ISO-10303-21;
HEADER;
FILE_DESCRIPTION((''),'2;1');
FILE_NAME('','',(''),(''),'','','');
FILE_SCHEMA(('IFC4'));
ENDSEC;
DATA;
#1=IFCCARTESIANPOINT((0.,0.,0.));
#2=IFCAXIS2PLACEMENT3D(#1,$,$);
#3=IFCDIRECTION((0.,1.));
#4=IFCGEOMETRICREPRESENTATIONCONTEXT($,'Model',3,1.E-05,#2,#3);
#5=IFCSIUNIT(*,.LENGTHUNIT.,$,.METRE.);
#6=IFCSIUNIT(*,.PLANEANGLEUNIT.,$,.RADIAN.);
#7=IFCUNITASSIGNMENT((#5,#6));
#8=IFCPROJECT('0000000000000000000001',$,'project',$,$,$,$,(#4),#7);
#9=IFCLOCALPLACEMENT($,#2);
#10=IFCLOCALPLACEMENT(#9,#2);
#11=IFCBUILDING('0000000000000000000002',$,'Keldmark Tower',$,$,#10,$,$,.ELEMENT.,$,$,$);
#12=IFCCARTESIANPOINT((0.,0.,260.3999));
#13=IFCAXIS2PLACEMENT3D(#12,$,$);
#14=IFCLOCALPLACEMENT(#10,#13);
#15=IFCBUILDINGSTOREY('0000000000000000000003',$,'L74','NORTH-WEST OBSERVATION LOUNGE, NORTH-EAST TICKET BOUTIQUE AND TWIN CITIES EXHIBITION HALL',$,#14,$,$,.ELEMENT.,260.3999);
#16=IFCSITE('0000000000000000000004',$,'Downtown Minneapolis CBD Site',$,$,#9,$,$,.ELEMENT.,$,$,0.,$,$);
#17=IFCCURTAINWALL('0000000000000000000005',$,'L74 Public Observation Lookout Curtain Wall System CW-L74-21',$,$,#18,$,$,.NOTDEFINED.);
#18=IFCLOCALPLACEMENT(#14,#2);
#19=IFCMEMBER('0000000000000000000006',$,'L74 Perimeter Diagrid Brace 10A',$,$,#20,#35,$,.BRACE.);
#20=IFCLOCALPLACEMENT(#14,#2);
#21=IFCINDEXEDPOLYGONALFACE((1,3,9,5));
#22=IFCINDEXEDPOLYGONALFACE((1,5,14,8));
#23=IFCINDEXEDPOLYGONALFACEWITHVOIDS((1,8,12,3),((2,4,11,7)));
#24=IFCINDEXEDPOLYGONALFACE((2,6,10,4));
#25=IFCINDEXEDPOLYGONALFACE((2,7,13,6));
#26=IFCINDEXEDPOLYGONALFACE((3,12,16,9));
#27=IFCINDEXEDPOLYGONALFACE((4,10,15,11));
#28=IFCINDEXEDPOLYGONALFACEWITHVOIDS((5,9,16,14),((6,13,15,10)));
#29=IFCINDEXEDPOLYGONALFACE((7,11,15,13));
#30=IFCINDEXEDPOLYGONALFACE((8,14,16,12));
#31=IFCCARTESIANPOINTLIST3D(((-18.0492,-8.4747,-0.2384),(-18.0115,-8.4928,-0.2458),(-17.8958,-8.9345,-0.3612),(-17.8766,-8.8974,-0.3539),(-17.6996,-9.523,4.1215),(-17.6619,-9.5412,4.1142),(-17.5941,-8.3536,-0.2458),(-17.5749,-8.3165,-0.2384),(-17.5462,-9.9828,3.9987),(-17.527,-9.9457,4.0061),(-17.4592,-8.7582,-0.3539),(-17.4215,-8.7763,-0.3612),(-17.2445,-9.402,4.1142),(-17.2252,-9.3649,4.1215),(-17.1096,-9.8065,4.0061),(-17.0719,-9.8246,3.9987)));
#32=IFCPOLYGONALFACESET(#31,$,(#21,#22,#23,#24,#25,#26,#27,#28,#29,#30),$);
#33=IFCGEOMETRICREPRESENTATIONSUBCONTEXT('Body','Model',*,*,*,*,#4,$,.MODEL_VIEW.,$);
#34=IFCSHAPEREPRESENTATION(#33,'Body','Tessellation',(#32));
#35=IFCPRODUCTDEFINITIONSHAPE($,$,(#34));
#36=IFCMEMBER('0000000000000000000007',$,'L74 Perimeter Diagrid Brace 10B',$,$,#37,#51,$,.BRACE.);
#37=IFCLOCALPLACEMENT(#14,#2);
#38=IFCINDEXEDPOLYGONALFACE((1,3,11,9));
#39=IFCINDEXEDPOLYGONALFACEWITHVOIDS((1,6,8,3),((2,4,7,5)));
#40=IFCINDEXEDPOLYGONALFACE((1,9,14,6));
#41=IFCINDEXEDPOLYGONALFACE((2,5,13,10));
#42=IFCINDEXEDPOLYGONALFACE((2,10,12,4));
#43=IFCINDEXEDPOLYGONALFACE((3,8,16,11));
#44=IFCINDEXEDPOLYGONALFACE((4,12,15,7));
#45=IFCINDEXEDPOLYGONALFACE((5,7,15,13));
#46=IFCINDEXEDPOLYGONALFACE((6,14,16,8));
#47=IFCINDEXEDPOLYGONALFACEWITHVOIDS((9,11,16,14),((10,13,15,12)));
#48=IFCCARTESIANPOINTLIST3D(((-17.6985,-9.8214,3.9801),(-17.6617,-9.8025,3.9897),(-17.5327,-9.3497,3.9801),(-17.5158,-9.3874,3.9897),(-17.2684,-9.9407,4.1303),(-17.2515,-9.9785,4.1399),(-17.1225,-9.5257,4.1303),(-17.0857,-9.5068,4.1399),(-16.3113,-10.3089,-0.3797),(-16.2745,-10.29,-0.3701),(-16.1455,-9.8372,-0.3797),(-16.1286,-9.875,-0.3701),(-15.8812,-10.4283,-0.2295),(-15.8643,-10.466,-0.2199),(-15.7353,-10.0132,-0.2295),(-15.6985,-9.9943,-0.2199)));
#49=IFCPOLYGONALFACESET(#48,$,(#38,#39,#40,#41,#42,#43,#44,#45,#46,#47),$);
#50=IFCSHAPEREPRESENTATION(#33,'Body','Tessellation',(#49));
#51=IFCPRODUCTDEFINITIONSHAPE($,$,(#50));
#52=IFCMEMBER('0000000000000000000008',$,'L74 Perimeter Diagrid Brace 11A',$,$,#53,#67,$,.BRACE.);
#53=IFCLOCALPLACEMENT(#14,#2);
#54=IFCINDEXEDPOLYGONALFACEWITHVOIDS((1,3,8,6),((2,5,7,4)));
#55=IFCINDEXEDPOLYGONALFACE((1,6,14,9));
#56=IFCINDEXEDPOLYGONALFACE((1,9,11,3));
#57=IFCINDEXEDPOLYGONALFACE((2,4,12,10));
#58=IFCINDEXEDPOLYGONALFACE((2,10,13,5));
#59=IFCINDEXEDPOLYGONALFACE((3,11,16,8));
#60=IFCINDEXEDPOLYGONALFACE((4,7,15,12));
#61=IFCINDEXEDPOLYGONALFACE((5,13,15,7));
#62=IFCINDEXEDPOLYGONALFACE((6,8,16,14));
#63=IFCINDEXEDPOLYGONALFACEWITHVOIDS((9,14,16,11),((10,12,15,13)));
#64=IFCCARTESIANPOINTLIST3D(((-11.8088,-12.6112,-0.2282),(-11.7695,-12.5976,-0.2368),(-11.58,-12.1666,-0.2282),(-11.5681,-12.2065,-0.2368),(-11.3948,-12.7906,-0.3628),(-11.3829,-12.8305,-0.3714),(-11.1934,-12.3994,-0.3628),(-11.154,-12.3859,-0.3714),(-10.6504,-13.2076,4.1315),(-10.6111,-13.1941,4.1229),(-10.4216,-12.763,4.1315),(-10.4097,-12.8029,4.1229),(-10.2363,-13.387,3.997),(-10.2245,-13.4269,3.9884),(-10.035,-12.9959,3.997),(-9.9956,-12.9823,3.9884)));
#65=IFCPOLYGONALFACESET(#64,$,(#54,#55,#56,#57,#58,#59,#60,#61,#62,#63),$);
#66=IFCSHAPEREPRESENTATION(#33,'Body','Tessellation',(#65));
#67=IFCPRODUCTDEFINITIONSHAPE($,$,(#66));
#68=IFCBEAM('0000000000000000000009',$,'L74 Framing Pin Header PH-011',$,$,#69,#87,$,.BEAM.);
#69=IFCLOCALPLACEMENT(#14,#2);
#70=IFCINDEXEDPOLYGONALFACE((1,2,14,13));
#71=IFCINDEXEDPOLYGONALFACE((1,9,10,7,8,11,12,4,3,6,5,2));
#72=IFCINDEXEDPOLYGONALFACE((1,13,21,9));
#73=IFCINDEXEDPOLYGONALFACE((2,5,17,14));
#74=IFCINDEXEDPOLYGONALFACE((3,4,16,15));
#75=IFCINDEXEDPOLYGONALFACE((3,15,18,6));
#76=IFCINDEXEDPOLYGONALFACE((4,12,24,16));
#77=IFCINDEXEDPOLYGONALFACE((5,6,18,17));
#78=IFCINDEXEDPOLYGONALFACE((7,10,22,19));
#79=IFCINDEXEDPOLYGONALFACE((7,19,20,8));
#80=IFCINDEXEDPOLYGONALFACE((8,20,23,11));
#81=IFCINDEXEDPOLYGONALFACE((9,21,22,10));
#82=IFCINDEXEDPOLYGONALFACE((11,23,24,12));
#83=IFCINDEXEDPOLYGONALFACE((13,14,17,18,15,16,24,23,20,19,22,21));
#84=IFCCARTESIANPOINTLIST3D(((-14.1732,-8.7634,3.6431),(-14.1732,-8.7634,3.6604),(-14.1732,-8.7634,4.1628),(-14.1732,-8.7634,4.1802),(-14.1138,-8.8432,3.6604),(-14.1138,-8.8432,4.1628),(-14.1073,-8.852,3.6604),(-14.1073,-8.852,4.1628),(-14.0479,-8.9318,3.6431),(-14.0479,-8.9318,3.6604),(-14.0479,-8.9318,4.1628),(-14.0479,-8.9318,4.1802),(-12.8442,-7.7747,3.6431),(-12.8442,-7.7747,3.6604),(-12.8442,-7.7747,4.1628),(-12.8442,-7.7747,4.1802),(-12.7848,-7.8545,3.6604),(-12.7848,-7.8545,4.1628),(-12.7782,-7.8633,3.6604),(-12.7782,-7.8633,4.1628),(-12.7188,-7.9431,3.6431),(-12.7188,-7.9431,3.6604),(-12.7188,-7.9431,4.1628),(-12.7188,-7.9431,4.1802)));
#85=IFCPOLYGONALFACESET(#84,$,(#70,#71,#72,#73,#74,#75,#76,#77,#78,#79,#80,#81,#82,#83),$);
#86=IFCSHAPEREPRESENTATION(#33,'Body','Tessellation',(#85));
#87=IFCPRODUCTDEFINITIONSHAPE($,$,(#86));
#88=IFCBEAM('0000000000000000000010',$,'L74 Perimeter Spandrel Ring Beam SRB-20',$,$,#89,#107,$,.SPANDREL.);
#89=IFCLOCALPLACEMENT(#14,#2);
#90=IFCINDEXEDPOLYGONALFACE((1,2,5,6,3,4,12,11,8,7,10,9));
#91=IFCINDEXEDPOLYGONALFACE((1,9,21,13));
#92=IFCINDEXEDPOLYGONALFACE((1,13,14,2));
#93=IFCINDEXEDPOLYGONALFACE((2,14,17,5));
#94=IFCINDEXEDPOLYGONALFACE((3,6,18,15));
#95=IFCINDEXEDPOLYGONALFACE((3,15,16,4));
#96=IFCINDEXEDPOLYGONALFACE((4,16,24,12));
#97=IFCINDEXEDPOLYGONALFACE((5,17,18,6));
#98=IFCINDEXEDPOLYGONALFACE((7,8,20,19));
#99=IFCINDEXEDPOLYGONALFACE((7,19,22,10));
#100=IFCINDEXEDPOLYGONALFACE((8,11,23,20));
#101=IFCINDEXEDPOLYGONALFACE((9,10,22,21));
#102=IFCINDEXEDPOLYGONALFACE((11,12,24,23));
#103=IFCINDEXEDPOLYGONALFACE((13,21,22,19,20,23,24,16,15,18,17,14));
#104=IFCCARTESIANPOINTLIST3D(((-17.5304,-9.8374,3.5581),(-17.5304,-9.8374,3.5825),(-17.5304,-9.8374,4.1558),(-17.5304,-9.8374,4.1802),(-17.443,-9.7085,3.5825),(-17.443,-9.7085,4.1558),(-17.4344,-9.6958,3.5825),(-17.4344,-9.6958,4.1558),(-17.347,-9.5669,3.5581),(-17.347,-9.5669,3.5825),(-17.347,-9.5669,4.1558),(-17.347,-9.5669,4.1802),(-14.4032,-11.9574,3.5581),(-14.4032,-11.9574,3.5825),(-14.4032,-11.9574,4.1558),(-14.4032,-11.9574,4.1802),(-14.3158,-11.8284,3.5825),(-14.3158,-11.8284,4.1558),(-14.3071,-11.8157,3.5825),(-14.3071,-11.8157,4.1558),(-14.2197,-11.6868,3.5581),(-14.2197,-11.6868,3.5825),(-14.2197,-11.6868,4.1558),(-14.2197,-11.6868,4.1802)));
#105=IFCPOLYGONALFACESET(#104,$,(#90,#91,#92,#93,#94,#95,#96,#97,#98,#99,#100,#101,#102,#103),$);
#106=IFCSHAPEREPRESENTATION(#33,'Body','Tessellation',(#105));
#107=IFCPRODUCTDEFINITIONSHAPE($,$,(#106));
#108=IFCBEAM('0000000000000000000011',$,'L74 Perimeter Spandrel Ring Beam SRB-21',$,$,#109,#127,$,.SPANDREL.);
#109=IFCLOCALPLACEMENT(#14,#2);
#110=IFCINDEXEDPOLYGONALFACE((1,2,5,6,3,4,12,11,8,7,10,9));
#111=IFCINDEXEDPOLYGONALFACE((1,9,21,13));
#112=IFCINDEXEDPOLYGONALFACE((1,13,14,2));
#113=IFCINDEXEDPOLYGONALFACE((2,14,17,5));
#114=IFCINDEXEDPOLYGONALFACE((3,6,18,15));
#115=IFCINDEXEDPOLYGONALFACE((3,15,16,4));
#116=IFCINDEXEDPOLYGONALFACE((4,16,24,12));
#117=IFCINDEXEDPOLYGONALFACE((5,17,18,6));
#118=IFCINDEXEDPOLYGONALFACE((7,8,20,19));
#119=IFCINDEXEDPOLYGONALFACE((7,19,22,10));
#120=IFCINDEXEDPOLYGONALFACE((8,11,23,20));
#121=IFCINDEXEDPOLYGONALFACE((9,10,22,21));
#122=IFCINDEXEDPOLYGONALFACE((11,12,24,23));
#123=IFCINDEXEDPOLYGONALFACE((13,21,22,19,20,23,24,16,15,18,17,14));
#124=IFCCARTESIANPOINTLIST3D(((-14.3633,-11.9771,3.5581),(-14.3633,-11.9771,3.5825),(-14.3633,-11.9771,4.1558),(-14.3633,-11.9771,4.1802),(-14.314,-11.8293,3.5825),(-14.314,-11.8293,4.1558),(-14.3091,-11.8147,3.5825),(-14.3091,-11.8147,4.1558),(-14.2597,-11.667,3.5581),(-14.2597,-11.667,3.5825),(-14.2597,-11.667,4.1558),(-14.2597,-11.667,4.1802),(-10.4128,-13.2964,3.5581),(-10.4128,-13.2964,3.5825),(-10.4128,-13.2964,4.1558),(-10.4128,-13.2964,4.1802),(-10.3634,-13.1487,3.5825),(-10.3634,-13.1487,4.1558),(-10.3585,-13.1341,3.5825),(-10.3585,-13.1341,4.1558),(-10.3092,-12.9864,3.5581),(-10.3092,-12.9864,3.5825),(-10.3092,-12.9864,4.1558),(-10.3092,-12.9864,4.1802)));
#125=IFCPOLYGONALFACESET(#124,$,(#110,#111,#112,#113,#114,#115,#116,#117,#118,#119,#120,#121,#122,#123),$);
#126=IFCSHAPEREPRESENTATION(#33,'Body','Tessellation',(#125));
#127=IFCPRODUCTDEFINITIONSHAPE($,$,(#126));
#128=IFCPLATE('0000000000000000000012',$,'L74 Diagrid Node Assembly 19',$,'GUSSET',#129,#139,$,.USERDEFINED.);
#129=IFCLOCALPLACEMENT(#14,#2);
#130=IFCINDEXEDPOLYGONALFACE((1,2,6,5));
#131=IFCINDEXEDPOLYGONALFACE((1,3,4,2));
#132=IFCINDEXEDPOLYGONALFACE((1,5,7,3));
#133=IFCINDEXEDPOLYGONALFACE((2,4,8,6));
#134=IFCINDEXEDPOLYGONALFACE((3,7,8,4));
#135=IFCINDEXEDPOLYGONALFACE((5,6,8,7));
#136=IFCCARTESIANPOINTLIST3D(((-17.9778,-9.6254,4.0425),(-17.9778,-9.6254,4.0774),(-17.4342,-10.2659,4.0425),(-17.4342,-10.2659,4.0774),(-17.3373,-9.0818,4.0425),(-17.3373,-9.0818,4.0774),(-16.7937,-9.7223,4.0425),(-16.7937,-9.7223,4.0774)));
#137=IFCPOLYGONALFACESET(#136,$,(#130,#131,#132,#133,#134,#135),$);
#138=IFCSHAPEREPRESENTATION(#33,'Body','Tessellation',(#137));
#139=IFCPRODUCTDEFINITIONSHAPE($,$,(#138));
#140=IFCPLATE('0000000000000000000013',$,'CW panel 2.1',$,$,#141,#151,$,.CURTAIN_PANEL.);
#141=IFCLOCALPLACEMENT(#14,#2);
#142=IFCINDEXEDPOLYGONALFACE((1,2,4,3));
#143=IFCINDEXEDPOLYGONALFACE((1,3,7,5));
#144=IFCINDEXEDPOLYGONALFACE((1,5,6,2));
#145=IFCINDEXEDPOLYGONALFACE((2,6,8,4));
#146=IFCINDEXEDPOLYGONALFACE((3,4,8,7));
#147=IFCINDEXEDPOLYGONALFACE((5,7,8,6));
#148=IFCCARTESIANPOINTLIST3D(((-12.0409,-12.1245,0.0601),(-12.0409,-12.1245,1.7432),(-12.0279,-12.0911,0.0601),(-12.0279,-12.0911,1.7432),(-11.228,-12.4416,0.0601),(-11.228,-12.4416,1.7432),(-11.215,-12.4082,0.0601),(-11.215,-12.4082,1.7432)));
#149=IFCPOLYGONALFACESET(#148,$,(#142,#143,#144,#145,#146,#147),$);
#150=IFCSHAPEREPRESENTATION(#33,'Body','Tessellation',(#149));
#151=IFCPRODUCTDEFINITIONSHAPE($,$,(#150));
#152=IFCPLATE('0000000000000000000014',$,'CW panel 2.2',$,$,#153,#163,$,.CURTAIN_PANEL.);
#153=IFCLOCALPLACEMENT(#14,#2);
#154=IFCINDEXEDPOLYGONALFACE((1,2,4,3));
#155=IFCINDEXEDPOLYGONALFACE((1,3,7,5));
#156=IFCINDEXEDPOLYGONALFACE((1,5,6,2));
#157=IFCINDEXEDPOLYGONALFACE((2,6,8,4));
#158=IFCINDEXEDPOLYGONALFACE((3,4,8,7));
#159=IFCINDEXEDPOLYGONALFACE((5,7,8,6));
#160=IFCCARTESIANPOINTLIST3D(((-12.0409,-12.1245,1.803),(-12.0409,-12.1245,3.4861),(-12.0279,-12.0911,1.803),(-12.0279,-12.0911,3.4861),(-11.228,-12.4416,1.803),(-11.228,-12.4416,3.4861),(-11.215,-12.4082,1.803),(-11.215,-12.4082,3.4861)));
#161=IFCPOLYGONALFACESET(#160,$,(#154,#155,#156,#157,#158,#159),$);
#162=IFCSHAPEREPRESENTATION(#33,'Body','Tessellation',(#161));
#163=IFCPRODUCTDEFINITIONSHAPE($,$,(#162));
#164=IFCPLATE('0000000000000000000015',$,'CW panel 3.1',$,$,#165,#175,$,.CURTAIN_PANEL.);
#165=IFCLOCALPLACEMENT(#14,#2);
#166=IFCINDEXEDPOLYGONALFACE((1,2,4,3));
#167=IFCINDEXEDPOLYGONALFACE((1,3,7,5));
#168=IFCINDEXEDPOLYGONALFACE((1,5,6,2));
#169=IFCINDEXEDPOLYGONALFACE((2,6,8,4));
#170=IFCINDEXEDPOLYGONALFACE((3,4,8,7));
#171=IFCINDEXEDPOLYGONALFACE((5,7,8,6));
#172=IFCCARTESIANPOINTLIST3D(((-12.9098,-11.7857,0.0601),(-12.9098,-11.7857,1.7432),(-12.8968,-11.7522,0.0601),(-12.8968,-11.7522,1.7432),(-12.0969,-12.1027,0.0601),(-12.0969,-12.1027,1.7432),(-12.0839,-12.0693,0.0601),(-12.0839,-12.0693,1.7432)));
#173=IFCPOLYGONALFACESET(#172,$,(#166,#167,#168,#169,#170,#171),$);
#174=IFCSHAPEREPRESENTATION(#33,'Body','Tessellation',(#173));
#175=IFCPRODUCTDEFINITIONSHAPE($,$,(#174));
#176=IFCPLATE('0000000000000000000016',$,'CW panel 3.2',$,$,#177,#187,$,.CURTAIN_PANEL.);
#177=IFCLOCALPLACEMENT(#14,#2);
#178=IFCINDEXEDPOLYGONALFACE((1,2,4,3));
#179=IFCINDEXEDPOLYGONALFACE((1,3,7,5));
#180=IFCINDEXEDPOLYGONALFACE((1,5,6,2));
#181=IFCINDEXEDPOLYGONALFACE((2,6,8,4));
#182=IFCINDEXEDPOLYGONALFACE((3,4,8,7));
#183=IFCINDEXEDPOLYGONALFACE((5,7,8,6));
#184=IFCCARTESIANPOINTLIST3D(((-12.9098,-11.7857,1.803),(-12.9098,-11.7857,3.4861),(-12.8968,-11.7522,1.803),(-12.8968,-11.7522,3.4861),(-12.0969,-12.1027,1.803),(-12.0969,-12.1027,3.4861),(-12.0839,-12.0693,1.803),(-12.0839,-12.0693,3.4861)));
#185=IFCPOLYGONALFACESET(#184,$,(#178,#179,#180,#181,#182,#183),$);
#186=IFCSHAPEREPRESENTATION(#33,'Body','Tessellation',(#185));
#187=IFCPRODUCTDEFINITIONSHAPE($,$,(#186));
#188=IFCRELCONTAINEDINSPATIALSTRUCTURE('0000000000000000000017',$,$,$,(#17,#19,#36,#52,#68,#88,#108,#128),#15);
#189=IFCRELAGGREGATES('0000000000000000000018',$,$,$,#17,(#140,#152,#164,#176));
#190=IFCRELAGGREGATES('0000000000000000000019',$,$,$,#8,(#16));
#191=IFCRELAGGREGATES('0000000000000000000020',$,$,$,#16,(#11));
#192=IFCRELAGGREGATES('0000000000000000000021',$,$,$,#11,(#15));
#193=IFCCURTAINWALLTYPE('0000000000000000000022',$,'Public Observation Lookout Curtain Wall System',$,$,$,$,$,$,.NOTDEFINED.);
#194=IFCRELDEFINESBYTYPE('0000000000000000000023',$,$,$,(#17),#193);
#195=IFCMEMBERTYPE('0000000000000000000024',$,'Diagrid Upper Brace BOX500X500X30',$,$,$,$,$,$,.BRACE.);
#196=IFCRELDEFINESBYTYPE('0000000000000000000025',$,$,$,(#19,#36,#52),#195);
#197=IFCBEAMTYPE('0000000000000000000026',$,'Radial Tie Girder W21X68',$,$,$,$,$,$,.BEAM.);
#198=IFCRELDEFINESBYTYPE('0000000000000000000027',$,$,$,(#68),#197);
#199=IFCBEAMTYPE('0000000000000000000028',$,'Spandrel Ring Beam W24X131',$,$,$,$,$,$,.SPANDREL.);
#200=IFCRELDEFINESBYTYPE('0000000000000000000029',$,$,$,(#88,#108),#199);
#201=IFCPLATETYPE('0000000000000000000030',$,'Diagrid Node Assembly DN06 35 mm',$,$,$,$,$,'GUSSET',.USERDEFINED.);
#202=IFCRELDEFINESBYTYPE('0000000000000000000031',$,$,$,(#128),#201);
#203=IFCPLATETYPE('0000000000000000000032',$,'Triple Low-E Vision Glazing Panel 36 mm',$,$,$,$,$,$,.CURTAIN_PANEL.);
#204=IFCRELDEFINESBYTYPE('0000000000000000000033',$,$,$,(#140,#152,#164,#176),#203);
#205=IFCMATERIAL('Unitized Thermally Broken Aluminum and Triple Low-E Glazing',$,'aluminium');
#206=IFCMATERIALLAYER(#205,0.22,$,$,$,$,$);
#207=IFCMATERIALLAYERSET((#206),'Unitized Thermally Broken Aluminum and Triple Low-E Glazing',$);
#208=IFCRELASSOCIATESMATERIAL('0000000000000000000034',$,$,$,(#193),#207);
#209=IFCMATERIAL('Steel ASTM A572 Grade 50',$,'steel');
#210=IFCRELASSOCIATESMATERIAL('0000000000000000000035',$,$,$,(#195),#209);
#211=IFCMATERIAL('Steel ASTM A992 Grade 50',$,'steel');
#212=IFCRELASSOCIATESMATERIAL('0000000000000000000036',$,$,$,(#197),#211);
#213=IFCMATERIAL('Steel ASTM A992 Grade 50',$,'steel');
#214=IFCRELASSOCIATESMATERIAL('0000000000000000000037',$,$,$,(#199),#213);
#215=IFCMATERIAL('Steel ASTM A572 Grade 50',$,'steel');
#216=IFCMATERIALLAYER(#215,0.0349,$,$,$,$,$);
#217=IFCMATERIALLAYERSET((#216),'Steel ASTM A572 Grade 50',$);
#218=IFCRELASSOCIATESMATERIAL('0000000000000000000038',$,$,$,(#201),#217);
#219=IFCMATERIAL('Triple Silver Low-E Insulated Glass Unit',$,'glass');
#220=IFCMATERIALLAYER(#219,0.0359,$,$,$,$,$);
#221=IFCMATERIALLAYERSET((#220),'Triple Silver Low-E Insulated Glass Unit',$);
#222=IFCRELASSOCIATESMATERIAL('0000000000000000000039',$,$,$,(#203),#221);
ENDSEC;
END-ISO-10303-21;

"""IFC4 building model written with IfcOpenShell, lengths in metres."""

from ifc_helpers import new_model, si_unit, direction, frame, origin, origin_2d, place, context, subcontext, project, spatial, rectangle, hollow_rectangle, i_section, extrude, material, layer, layer_set, material_profile, profile_set, type_object, element, aggregate, save


model = new_model("IFC4")

# Units and contexts
model_context = context("Model", 3, precision=1e-05, world=origin(), true_north=direction((0.0, 1.0)))
body_context = subcontext(model_context, "Body", "Model", "MODEL_VIEW")
ifc_project = project(units=[si_unit("LENGTHUNIT", "METRE"), si_unit("PLANEANGLEUNIT", "RADIAN")], contexts=[model_context])

# Site, building, storey
site_placement = place(None, origin())
site = spatial("IfcSite", under=ifc_project, at=site_placement, Name="Downtown Minneapolis CBD Site", CompositionType="ELEMENT", RefElevation=0.0)
building_placement = place(site_placement, origin())
building = spatial("IfcBuilding", under=site, at=building_placement, Name="Keldmark Tower", CompositionType="ELEMENT")
storey_placement = place(building_placement, frame((0.0, 0.0, 260.3999)))
storey = spatial("IfcBuildingStorey", under=building, at=storey_placement, Name="L74", Description="NORTH-WEST OBSERVATION LOUNGE, NORTH-EAST TICKET BOUTIQUE AND TWIN CITIES EXHIBITION HALL", CompositionType="ELEMENT", Elevation=260.3999)

# Curtain wall
ifc_material_1 = material(Name="Unitized Thermally Broken Aluminum and Triple Low-E Glazing", Category="aluminium")
ifc_layer_1 = layer(ifc_material_1, 0.22)
ifc_layer_set_1 = layer_set([ifc_layer_1], Name="Unitized Thermally Broken Aluminum and Triple Low-E Glazing")
curtain_wall_type = type_object("IfcCurtainWallType", Name="Public Observation Lookout Curtain Wall System", PredefinedType="NOTDEFINED", material=ifc_layer_set_1)
curtain_wall_placement = place(storey_placement, origin())
curtain_wall = element("IfcCurtainWall", 1, at=curtain_wall_placement, inside=storey, type_object=curtain_wall_type, Name="L74 Public Observation Lookout Curtain Wall System CW-L74-21", PredefinedType="NOTDEFINED")

# Members
ifc_material_2 = material(Name="Steel ASTM A572 Grade 50", Category="steel")
ifc_material_profile_1 = material_profile(ifc_material_2, hollow_rectangle(XDim=0.5, YDim=0.5, WallThickness=0.03, at=origin_2d()), Name="BOX500X500X30")
ifc_profile_set_1 = profile_set([ifc_material_profile_1], Name="Steel ASTM A572 Grade 50")
member_type_1 = type_object("IfcMemberType", Name="Diagrid Upper Brace BOX500X500X30", PredefinedType="BRACE", material=ifc_profile_set_1)
member_1_placement = place(storey_placement, frame((-17.7354, -8.6255, -0.2998), z_axis=(0.07773, -0.233082, 0.969346), x_axis=(0.948639, 0.31636, 0.0)))
element("IfcMember", 2, at=member_1_placement, inside=storey, type_object=member_type_1, Name="L74 Perimeter Diagrid Brace 10A", PredefinedType="BRACE", context=body_context, shape_type="SweptSolid", body=[
    extrude(hollow_rectangle(XDim=0.5, YDim=0.5, WallThickness=0.03, at=origin_2d()), origin(), (0.0, 0.0, 1.0), 4.4978),
])
member_2_placement = place(storey_placement, frame((-16.0049, -10.1516, -0.2998), z_axis=(-0.301492, 0.105963, 0.947562), x_axis=(-0.331578, -0.943428, 0.0)))
element("IfcMember", 3, at=member_2_placement, inside=storey, type_object=member_type_1, Name="L74 Perimeter Diagrid Brace 10B", PredefinedType="BRACE", context=body_context, shape_type="SweptSolid", body=[
    extrude(hollow_rectangle(XDim=0.5, YDim=0.5, WallThickness=0.03, at=origin_2d()), origin(), (0.0, 0.0, 1.0), 4.6011),
])
member_3_placement = place(storey_placement, frame((-11.4814, -12.4985, -0.2998), z_axis=(0.254581, -0.131073, 0.958127), x_axis=(0.45775, 0.889081, 0.0)))
element("IfcMember", 4, at=member_3_placement, inside=storey, type_object=member_type_1, Name="L74 Perimeter Diagrid Brace 11A", PredefinedType="BRACE", context=body_context, shape_type="SweptSolid", body=[
    extrude(hollow_rectangle(XDim=0.5, YDim=0.5, WallThickness=0.03, at=origin_2d()), origin(), (0.0, 0.0, 1.0), 4.5503),
])

# Beams
ifc_material_3 = material(Name="Steel ASTM A992 Grade 50", Category="steel")
ifc_material_profile_2 = material_profile(ifc_material_3, i_section(OverallWidth=0.21, OverallDepth=0.5371, WebThickness=0.011, FlangeThickness=0.0173, at=origin_2d()), Name="W21X68")
ifc_profile_set_2 = profile_set([ifc_material_profile_2], Name="Steel ASTM A992 Grade 50")
beam_type_1 = type_object("IfcBeamType", Name="Radial Tie Girder W21X68", PredefinedType="BEAM", material=ifc_profile_set_2)
beam_1_placement = place(storey_placement, frame((-12.7815, -7.8589, 3.9116), z_axis=(-0.802328, -0.596883, 0.0), x_axis=(0.596883, -0.802328, 0.0)))
element("IfcBeam", 5, at=beam_1_placement, inside=storey, type_object=beam_type_1, Name="L74 Framing Pin Header PH-011", PredefinedType="BEAM", context=body_context, shape_type="SweptSolid", body=[
    extrude(i_section(OverallWidth=0.21, OverallDepth=0.5371, WebThickness=0.011, FlangeThickness=0.0173, at=origin_2d()), origin(), (0.0, 0.0, 1.0), 1.6565),
])
ifc_material_4 = material(Name="Steel ASTM A992 Grade 50", Category="steel")
ifc_material_profile_3 = material_profile(ifc_material_4, i_section(OverallWidth=0.3269, OverallDepth=0.6221, WebThickness=0.0154, FlangeThickness=0.0244, at=origin_2d()), Name="W24X131")
ifc_profile_set_3 = profile_set([ifc_material_profile_3], Name="Steel ASTM A992 Grade 50")
beam_type_2 = type_object("IfcBeamType", Name="Spandrel Ring Beam W24X131", PredefinedType="SPANDREL", material=ifc_profile_set_3)
beam_2_placement = place(storey_placement, frame((-17.4387, -9.7021, 3.8691), z_axis=(0.827741, -0.561111, 0.0), x_axis=(0.561111, 0.827741, 0.0)))
element("IfcBeam", 6, at=beam_2_placement, inside=storey, type_object=beam_type_2, Name="L74 Perimeter Spandrel Ring Beam SRB-20", PredefinedType="SPANDREL", context=body_context, shape_type="SweptSolid", body=[
    extrude(i_section(OverallWidth=0.3269, OverallDepth=0.6221, WebThickness=0.0154, FlangeThickness=0.0244, at=origin_2d()), origin(), (0.0, 0.0, 1.0), 3.7781),
])
beam_3_placement = place(storey_placement, frame((-14.3115, -11.822, 3.8691), z_axis=(0.948501, -0.316773, 0.0), x_axis=(0.316773, 0.948501, 0.0)))
element("IfcBeam", 7, at=beam_3_placement, inside=storey, type_object=beam_type_2, Name="L74 Perimeter Spandrel Ring Beam SRB-21", PredefinedType="SPANDREL", context=body_context, shape_type="SweptSolid", body=[
    extrude(i_section(OverallWidth=0.3269, OverallDepth=0.6221, WebThickness=0.0154, FlangeThickness=0.0244, at=origin_2d()), origin(), (0.0, 0.0, 1.0), 4.165),
])

# Plates
ifc_material_5 = material(Name="Steel ASTM A572 Grade 50", Category="steel")
ifc_layer_2 = layer(ifc_material_5, 0.0349)
ifc_layer_set_2 = layer_set([ifc_layer_2], Name="Steel ASTM A572 Grade 50")
plate_type_1 = type_object("IfcPlateType", Name="Diagrid Node Assembly DN06 35 mm", ElementType="GUSSET", PredefinedType="USERDEFINED", material=ifc_layer_set_2)
plate_1_placement = place(storey_placement, frame((-17.3857, -9.6738, 4.0425), z_axis=(0.0, 0.0, 1.0), x_axis=(0.647056, -0.762443, 0.0)))
element("IfcPlate", 8, at=plate_1_placement, inside=storey, type_object=plate_type_1, Name="L74 Diagrid Node Assembly 19", ObjectType="GUSSET", PredefinedType="USERDEFINED", context=body_context, shape_type="SweptSolid", body=[
    extrude(rectangle(XDim=0.8401, YDim=0.8401, at=origin_2d()), origin(), (0.0, 0.0, 1.0), 0.0349),
])
ifc_material_6 = material(Name="Triple Silver Low-E Insulated Glass Unit", Category="glass")
ifc_layer_3 = layer(ifc_material_6, 0.0359)
ifc_layer_set_3 = layer_set([ifc_layer_3], Name="Triple Silver Low-E Insulated Glass Unit")
plate_type_2 = type_object("IfcPlateType", Name="Triple Low-E Vision Glazing Panel 36 mm", PredefinedType="CURTAIN_PANEL", material=ifc_layer_set_3)
plate_2_placement = place(storey_placement, frame((-11.6279, -12.2664, 0.0601), z_axis=(0.0, 0.0, 1.0), x_axis=(-0.93164, 0.363381, 0.0)))
plate_2 = element("IfcPlate", 9, at=plate_2_placement, type_object=plate_type_2, Name="CW panel 2.1", PredefinedType="CURTAIN_PANEL", context=body_context, shape_type="SweptSolid", body=[
    extrude(rectangle(XDim=0.8726, YDim=0.0359, at=origin_2d()), origin(), (0.0, 0.0, 1.0), 1.6831),
])
plate_3_placement = place(storey_placement, frame((-11.6279, -12.2664, 1.803), z_axis=(0.0, 0.0, 1.0), x_axis=(-0.93164, 0.363381, 0.0)))
plate_3 = element("IfcPlate", 10, at=plate_3_placement, type_object=plate_type_2, Name="CW panel 2.2", PredefinedType="CURTAIN_PANEL", context=body_context, shape_type="SweptSolid", body=[
    extrude(rectangle(XDim=0.8726, YDim=0.0359, at=origin_2d()), origin(), (0.0, 0.0, 1.0), 1.6831),
])
plate_4_placement = place(storey_placement, frame((-12.4968, -11.9275, 0.0601), z_axis=(0.0, 0.0, 1.0), x_axis=(-0.93164, 0.363381, 0.0)))
plate_4 = element("IfcPlate", 11, at=plate_4_placement, type_object=plate_type_2, Name="CW panel 3.1", PredefinedType="CURTAIN_PANEL", context=body_context, shape_type="SweptSolid", body=[
    extrude(rectangle(XDim=0.8726, YDim=0.0359, at=origin_2d()), origin(), (0.0, 0.0, 1.0), 1.6831),
])
plate_5_placement = place(storey_placement, frame((-12.4968, -11.9275, 1.803), z_axis=(0.0, 0.0, 1.0), x_axis=(-0.93164, 0.363381, 0.0)))
plate_5 = element("IfcPlate", 12, at=plate_5_placement, type_object=plate_type_2, Name="CW panel 3.2", PredefinedType="CURTAIN_PANEL", context=body_context, shape_type="SweptSolid", body=[
    extrude(rectangle(XDim=0.8726, YDim=0.0359, at=origin_2d()), origin(), (0.0, 0.0, 1.0), 1.6831),
])
aggregate(curtain_wall, [plate_2, plate_3, plate_4, plate_5])

save(model, "model.ifc")
